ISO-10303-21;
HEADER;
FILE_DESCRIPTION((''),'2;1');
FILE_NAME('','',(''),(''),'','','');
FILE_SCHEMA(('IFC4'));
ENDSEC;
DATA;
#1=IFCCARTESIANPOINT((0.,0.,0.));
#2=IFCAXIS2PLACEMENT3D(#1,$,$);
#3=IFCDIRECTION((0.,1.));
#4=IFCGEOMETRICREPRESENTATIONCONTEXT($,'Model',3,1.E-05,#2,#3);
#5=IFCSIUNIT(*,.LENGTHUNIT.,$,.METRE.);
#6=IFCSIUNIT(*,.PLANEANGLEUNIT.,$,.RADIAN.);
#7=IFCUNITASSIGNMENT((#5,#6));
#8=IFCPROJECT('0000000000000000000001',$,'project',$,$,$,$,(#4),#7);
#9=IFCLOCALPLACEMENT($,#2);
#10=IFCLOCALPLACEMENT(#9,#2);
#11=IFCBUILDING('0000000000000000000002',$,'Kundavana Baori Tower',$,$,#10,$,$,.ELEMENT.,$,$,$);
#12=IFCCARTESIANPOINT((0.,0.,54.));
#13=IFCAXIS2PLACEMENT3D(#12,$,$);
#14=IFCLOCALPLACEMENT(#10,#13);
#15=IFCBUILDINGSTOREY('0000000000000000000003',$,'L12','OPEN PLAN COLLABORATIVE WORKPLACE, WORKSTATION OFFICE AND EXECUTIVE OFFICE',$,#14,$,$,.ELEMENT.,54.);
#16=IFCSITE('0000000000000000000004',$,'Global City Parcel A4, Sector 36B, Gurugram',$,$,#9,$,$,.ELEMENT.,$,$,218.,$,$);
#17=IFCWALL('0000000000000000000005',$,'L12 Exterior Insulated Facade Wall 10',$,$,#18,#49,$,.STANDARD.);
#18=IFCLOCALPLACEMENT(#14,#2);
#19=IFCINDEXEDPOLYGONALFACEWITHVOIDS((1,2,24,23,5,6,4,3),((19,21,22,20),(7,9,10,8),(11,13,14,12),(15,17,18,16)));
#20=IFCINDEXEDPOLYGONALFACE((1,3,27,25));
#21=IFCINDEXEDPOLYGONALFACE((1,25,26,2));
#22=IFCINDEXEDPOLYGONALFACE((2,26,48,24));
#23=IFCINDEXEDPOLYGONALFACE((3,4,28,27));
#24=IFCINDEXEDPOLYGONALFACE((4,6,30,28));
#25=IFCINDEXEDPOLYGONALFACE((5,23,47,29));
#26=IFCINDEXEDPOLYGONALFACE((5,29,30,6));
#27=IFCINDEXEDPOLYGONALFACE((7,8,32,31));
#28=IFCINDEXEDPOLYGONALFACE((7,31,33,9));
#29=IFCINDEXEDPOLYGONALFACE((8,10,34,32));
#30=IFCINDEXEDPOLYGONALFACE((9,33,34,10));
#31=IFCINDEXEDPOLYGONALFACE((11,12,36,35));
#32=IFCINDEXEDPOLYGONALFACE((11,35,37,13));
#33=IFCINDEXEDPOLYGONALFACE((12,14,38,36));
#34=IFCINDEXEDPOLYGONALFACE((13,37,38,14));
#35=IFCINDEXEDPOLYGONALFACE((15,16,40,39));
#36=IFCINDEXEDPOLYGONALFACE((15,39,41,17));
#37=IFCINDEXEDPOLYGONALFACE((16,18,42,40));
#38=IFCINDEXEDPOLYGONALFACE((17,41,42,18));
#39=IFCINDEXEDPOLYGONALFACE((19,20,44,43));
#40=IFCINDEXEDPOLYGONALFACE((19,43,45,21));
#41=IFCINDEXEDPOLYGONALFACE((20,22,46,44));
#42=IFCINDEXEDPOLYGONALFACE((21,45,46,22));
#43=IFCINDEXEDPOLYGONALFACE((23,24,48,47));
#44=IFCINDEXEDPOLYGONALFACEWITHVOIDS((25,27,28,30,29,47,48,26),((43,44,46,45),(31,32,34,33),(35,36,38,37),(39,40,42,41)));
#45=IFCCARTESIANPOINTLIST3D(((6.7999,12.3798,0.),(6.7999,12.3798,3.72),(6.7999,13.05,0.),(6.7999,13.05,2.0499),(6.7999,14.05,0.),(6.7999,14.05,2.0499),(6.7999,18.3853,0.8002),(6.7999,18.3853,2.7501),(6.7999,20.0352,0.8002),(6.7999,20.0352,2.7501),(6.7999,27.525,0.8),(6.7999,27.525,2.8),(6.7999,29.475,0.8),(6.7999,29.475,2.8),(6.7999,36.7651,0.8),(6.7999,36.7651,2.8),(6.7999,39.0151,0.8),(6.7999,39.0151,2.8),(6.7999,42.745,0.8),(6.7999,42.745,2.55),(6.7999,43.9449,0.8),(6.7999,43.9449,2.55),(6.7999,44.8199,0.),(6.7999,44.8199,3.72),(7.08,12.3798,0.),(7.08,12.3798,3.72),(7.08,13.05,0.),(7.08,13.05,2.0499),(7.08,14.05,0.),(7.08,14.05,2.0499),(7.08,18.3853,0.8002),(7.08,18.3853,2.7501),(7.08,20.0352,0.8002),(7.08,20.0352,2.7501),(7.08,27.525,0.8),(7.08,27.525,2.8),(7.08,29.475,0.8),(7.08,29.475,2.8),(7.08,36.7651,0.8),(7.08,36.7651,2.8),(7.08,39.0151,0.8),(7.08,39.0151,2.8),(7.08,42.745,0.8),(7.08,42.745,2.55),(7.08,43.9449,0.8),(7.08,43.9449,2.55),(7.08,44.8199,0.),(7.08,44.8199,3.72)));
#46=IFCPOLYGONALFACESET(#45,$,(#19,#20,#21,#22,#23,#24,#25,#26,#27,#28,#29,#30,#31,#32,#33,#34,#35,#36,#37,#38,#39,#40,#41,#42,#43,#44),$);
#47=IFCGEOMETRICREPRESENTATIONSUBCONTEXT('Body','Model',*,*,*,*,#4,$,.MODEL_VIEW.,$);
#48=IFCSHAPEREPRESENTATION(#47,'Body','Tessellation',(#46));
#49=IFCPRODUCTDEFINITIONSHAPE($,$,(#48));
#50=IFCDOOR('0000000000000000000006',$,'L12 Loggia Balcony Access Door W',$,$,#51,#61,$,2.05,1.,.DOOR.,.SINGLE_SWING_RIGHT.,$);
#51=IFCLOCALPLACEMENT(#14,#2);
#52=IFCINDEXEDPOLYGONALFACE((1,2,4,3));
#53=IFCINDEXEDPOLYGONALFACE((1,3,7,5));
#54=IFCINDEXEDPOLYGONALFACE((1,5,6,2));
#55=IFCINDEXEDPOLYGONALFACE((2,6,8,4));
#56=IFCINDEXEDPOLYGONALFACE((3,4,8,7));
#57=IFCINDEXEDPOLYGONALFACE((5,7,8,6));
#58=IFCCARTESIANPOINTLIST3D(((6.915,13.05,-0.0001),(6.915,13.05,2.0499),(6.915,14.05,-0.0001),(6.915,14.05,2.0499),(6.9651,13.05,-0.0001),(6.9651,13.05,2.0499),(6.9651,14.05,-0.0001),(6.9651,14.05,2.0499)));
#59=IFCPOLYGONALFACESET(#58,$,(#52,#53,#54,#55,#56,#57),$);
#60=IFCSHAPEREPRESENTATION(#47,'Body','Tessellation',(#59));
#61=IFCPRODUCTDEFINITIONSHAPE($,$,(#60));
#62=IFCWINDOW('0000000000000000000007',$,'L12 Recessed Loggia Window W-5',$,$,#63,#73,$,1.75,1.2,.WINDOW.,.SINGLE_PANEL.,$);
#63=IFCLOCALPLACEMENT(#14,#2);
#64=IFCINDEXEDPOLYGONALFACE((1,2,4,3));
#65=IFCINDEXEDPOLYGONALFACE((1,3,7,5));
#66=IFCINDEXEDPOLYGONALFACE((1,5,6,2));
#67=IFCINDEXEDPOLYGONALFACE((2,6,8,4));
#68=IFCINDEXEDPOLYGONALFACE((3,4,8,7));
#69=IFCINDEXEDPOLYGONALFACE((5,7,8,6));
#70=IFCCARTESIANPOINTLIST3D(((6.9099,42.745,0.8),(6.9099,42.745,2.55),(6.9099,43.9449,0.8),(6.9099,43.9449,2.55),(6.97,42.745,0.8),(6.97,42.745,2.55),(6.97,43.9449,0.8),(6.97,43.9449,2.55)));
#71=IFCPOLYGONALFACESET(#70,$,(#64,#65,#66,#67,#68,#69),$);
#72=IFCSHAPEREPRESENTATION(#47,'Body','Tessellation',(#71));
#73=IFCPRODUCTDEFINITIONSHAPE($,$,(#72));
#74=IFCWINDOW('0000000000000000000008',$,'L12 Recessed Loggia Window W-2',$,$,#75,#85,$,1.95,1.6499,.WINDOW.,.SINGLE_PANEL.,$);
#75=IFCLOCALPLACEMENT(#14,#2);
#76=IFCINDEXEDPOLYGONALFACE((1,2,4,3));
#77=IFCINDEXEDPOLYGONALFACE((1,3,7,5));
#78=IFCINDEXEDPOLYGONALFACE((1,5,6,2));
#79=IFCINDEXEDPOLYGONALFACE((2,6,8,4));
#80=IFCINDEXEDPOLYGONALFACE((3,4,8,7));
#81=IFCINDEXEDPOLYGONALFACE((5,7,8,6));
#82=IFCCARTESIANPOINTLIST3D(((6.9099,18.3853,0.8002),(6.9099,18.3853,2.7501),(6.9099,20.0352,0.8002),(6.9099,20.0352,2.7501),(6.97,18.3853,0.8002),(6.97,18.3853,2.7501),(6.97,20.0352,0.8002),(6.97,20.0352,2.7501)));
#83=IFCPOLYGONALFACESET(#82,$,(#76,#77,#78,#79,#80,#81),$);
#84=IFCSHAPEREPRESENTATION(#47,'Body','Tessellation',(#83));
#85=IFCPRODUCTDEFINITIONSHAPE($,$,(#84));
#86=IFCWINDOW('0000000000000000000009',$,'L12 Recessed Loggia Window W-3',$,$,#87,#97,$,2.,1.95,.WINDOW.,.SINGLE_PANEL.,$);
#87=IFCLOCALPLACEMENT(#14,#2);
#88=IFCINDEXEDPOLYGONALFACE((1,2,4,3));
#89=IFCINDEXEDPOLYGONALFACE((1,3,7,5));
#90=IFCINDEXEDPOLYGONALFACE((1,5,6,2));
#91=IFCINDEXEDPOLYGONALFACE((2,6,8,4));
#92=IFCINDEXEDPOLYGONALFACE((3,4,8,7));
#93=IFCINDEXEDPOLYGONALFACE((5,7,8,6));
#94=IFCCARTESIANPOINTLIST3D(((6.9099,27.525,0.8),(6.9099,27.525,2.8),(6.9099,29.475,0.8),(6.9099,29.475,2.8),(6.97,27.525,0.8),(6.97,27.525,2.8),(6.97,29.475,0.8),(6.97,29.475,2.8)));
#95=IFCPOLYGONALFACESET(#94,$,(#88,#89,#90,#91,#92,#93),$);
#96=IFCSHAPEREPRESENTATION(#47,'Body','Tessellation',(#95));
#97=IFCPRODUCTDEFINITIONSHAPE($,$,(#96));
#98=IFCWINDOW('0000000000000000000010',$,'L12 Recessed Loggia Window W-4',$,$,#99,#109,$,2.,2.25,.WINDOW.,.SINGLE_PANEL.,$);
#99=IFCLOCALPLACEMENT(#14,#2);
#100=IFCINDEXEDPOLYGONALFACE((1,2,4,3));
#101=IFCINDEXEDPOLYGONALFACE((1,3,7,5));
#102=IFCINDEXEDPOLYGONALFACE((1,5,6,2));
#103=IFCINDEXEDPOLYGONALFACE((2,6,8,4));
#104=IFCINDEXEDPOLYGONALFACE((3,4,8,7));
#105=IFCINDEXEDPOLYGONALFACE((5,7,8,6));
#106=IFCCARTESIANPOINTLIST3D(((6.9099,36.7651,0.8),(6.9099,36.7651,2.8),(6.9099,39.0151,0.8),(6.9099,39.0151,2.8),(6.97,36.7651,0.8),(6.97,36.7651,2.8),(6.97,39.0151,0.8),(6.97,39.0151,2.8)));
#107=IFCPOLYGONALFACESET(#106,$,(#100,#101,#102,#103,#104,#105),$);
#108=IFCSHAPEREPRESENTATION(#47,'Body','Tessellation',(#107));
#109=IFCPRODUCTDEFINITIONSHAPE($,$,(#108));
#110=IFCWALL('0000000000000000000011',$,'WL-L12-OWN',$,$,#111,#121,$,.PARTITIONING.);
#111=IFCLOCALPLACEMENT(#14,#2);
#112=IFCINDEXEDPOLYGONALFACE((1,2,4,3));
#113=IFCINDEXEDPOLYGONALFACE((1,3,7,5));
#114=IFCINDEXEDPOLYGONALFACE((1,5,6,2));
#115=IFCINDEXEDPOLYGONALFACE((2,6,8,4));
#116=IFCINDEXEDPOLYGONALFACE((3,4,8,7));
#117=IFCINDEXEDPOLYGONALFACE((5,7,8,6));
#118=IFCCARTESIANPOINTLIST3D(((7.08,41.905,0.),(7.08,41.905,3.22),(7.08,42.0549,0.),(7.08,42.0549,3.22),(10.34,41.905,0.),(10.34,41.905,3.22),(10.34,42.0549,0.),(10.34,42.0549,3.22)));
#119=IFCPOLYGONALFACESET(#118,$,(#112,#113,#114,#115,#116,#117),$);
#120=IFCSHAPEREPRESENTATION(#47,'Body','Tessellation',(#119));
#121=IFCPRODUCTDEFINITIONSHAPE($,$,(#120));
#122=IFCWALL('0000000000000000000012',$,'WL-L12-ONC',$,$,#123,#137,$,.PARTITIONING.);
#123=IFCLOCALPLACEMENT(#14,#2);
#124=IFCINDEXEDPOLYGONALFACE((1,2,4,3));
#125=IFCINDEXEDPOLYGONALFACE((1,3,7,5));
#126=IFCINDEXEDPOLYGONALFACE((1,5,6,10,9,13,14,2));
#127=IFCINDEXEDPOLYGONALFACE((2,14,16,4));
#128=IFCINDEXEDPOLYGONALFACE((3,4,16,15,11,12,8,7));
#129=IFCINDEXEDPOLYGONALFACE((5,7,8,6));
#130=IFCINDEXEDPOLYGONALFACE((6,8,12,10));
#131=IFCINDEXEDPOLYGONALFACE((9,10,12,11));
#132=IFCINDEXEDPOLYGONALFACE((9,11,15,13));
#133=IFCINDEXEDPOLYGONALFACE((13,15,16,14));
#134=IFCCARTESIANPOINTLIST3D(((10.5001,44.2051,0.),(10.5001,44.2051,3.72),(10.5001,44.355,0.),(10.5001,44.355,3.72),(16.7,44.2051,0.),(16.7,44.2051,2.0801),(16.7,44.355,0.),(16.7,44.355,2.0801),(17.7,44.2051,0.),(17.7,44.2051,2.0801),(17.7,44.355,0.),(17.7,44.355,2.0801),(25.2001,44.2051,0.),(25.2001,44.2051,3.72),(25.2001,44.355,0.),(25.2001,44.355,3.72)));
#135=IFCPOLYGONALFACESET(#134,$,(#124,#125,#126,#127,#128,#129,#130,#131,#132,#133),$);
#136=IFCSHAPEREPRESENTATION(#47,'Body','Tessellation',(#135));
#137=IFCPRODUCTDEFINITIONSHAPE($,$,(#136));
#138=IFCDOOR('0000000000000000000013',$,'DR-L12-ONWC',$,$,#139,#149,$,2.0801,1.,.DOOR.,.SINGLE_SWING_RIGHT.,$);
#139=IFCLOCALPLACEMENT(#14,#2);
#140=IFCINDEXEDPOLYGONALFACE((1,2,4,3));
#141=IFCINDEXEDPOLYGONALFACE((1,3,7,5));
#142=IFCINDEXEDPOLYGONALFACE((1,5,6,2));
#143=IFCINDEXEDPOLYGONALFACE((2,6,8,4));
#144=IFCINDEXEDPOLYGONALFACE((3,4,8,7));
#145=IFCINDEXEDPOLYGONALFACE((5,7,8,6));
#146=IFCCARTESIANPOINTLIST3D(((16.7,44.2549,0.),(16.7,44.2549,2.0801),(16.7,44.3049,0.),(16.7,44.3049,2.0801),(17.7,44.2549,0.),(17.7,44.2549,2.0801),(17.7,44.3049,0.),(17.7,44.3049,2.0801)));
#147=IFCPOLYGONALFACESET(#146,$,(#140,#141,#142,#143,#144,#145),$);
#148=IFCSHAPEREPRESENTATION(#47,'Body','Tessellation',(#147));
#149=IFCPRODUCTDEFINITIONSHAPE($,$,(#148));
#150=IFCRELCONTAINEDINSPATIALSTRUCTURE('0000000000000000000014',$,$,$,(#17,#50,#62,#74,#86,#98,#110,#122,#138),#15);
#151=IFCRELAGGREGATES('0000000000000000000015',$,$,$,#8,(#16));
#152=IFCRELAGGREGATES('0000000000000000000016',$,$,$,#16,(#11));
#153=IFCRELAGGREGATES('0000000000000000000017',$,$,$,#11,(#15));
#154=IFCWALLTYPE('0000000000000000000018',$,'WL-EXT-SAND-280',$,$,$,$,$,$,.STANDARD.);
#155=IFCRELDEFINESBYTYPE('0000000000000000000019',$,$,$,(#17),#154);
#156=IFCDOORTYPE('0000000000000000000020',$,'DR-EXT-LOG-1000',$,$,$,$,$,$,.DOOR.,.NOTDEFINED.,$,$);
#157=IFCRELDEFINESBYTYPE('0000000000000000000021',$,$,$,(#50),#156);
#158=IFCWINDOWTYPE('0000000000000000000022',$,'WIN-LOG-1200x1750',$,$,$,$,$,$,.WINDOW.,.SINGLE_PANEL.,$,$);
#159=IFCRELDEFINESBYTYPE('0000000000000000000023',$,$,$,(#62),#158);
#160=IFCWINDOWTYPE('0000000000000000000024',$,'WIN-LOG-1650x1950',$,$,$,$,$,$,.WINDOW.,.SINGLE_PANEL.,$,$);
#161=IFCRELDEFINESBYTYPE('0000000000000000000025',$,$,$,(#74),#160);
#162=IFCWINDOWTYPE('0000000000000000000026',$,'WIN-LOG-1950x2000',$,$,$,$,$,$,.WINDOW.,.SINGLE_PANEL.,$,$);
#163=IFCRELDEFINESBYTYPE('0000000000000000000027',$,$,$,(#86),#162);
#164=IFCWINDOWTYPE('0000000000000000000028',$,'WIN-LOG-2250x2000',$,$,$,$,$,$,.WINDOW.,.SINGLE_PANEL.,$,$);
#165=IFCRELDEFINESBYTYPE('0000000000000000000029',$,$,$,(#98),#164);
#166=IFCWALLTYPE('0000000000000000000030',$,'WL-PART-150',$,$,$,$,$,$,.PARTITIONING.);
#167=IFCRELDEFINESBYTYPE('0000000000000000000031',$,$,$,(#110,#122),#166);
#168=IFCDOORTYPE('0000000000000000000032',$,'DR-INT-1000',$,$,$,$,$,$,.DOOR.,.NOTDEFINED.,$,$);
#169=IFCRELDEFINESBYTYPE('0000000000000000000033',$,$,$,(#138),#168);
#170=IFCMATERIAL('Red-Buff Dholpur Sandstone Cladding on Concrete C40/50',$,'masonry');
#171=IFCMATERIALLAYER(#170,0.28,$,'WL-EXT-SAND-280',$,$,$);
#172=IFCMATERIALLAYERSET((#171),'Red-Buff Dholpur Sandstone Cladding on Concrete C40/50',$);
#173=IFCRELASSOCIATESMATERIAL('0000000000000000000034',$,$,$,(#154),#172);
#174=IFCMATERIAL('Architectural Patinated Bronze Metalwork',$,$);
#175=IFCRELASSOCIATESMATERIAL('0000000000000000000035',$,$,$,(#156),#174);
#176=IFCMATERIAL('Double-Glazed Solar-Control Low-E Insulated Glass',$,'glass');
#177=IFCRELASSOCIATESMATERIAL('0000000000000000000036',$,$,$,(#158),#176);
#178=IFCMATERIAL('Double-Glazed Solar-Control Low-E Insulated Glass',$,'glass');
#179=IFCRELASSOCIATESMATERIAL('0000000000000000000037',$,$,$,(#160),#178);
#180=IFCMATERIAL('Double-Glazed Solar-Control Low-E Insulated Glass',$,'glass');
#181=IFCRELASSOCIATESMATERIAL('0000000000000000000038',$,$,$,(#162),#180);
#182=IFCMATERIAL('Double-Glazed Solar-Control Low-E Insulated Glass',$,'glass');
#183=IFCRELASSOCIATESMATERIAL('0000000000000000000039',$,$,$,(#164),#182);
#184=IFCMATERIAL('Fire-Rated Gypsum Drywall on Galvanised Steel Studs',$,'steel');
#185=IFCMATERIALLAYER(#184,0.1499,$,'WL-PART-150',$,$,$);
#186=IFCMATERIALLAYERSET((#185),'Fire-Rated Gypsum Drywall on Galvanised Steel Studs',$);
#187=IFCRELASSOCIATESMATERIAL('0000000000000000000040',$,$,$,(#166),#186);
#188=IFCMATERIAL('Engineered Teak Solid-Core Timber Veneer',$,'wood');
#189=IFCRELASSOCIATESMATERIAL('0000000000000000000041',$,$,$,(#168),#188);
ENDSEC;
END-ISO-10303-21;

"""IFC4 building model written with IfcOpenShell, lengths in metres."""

from ifc_helpers import new_model, si_unit, direction, frame, frame_2d, origin, place, context, subcontext, project, spatial, rectangle, extrude, material, layer, layer_set, type_object, element, fill, save


model = new_model("IFC4")

# Units and contexts
model_context = context("Model", 3, precision=1e-05, world=origin(), true_north=direction((0.0, 1.0)))
body_context = subcontext(model_context, "Body", "Model", "MODEL_VIEW")
ifc_project = project(units=[si_unit("LENGTHUNIT", "METRE"), si_unit("PLANEANGLEUNIT", "RADIAN")], contexts=[model_context])

# Site, building, storey
site_placement = place(None, origin())
site = spatial("IfcSite", under=ifc_project, at=site_placement, Name="Global City Parcel A4, Sector 36B, Gurugram", CompositionType="ELEMENT", RefElevation=218.0)
building_placement = place(site_placement, origin())
building = spatial("IfcBuilding", under=site, at=building_placement, Name="Kundavana Baori Tower", CompositionType="ELEMENT")
storey_placement = place(building_placement, frame((0.0, 0.0, 54.0)))
storey = spatial("IfcBuildingStorey", under=building, at=storey_placement, Name="L12", Description="OPEN PLAN COLLABORATIVE WORKPLACE, WORKSTATION OFFICE AND EXECUTIVE OFFICE", CompositionType="ELEMENT", Elevation=54.0)

# Shared definitions
ifc_material_1 = material(Name="Red-Buff Dholpur Sandstone Cladding on Concrete C40/50", Category="masonry")
ifc_layer_1 = layer(ifc_material_1, 0.28, Name="WL-EXT-SAND-280")
ifc_layer_set_1 = layer_set([ifc_layer_1], Name="Red-Buff Dholpur Sandstone Cladding on Concrete C40/50")
wall_type_1 = type_object("IfcWallType", Name="WL-EXT-SAND-280", PredefinedType="STANDARD", material=ifc_layer_set_1)

# Wall, openings, door, windows
wall_1_placement = place(storey_placement, frame((6.9399, 44.8201, 0.0), z_axis=(0.0, 0.0, 1.0), x_axis=(0.0, -1.0, 0.0)))
wall_1 = element("IfcWall", 1, at=wall_1_placement, inside=storey, type_object=wall_type_1, Name="L12 Exterior Insulated Facade Wall 10", PredefinedType="STANDARD", context=body_context, shape_type="SweptSolid", body=[
    extrude(rectangle(XDim=32.4402, YDim=0.28, at=frame_2d((16.2202, 0.0))), origin(), (0.0, 0.0, 1.0), 3.72),
])
opening_1_placement = place(wall_1_placement, frame((30.77, 0.0, 0.0)))
opening_1 = element("IfcOpeningElement", 2, at=opening_1_placement, cuts=wall_1, PredefinedType="OPENING", context=body_context, shape_type="SweptSolid", body=[
    extrude(rectangle(XDim=1.0, YDim=2.05, at=frame_2d((0.5, 1.0249))), frame((0.0, 0.1499, 0.0), z_axis=(0.0, -1.0, 0.0), x_axis=(1.0, 0.0, 0.0)), (0.0, 0.0, 1.0), 0.3),
])
opening_2_placement = place(wall_1_placement, frame((24.7849, 0.0, 0.8)))
opening_2 = element("IfcOpeningElement", 3, at=opening_2_placement, cuts=wall_1, PredefinedType="OPENING", context=body_context, shape_type="SweptSolid", body=[
    extrude(rectangle(XDim=1.6499, YDim=1.95, at=frame_2d((0.825, 0.9751))), frame((0.0, 0.1499, 0.0), z_axis=(0.0, -1.0, 0.0), x_axis=(1.0, 0.0, 0.0)), (0.0, 0.0, 1.0), 0.3),
])
opening_3_placement = place(wall_1_placement, frame((15.345, 0.0, 0.8)))
opening_3 = element("IfcOpeningElement", 4, at=opening_3_placement, cuts=wall_1, PredefinedType="OPENING", context=body_context, shape_type="SweptSolid", body=[
    extrude(rectangle(XDim=1.95, YDim=2.0, at=frame_2d((0.9751, 1.0))), frame((0.0, 0.1499, 0.0), z_axis=(0.0, -1.0, 0.0), x_axis=(1.0, 0.0, 0.0)), (0.0, 0.0, 1.0), 0.3),
])
opening_4_placement = place(wall_1_placement, frame((5.8049, 0.0, 0.8)))
opening_4 = element("IfcOpeningElement", 5, at=opening_4_placement, cuts=wall_1, PredefinedType="OPENING", context=body_context, shape_type="SweptSolid", body=[
    extrude(rectangle(XDim=2.25, YDim=2.0, at=frame_2d((1.125, 1.0))), frame((0.0, 0.1499, 0.0), z_axis=(0.0, -1.0, 0.0), x_axis=(1.0, 0.0, 0.0)), (0.0, 0.0, 1.0), 0.3),
])
opening_5_placement = place(wall_1_placement, frame((0.875, 0.0, 0.8)))
opening_5 = element("IfcOpeningElement", 6, at=opening_5_placement, cuts=wall_1, PredefinedType="OPENING", context=body_context, shape_type="SweptSolid", body=[
    extrude(rectangle(XDim=1.2, YDim=1.75, at=frame_2d((0.6001, 0.875))), frame((0.0, 0.1499, 0.0), z_axis=(0.0, -1.0, 0.0), x_axis=(1.0, 0.0, 0.0)), (0.0, 0.0, 1.0), 0.3),
])
ifc_material_2 = material(Name="Architectural Patinated Bronze Metalwork")
door_type_1 = type_object("IfcDoorType", Name="DR-EXT-LOG-1000", OperationType="NOTDEFINED", PredefinedType="DOOR", material=ifc_material_2)
door_1_placement = place(opening_1_placement, frame((1.0, 0.0, 0.0), z_axis=(0.0, 0.0, 1.0), x_axis=(-1.0, 0.0, 0.0)))
door_1 = element("IfcDoor", 7, at=door_1_placement, inside=storey, type_object=door_type_1, Name="L12 Loggia Balcony Access Door W", OperationType="SINGLE_SWING_RIGHT", OverallHeight=2.05, OverallWidth=1.0, PredefinedType="DOOR", context=body_context, shape_type="SweptSolid", body=[
    extrude(rectangle(XDim=1.0, YDim=2.05, at=frame_2d((0.5, 1.0249))), frame((0.0, 0.0249, 0.0), z_axis=(0.0, -1.0, 0.0), x_axis=(1.0, 0.0, 0.0)), (0.0, 0.0, 1.0), 0.05),
])
fill(opening_1, door_1)
ifc_material_3 = material(Name="Double-Glazed Solar-Control Low-E Insulated Glass", Category="glass")
window_type_1 = type_object("IfcWindowType", Name="WIN-LOG-1200x1750", PartitioningType="SINGLE_PANEL", PredefinedType="WINDOW", material=ifc_material_3)
window_1_placement = place(opening_5_placement, origin())
window_1 = element("IfcWindow", 8, at=window_1_placement, inside=storey, type_object=window_type_1, Name="L12 Recessed Loggia Window W-5", OverallHeight=1.75, OverallWidth=1.2, PartitioningType="SINGLE_PANEL", PredefinedType="WINDOW", context=body_context, shape_type="SweptSolid", body=[
    extrude(rectangle(XDim=1.2, YDim=1.75, at=frame_2d((0.6001, 0.875))), frame((0.0, 0.03, 0.0), z_axis=(0.0, -1.0, 0.0), x_axis=(1.0, 0.0, 0.0)), (0.0, 0.0, 1.0), 0.0601),
])
fill(opening_5, window_1)
ifc_material_4 = material(Name="Double-Glazed Solar-Control Low-E Insulated Glass", Category="glass")
window_type_2 = type_object("IfcWindowType", Name="WIN-LOG-1650x1950", PartitioningType="SINGLE_PANEL", PredefinedType="WINDOW", material=ifc_material_4)
window_2_placement = place(opening_2_placement, origin())
window_2 = element("IfcWindow", 9, at=window_2_placement, inside=storey, type_object=window_type_2, Name="L12 Recessed Loggia Window W-2", OverallHeight=1.95, OverallWidth=1.6499, PartitioningType="SINGLE_PANEL", PredefinedType="WINDOW", context=body_context, shape_type="SweptSolid", body=[
    extrude(rectangle(XDim=1.6499, YDim=1.95, at=frame_2d((0.825, 0.9751))), frame((0.0, 0.03, 0.0), z_axis=(0.0, -1.0, 0.0), x_axis=(1.0, 0.0, 0.0)), (0.0, 0.0, 1.0), 0.0601),
])
fill(opening_2, window_2)
ifc_material_5 = material(Name="Double-Glazed Solar-Control Low-E Insulated Glass", Category="glass")
window_type_3 = type_object("IfcWindowType", Name="WIN-LOG-1950x2000", PartitioningType="SINGLE_PANEL", PredefinedType="WINDOW", material=ifc_material_5)
window_3_placement = place(opening_3_placement, origin())
window_3 = element("IfcWindow", 10, at=window_3_placement, inside=storey, type_object=window_type_3, Name="L12 Recessed Loggia Window W-3", OverallHeight=2.0, OverallWidth=1.95, PartitioningType="SINGLE_PANEL", PredefinedType="WINDOW", context=body_context, shape_type="SweptSolid", body=[
    extrude(rectangle(XDim=1.95, YDim=2.0, at=frame_2d((0.9751, 1.0))), frame((0.0, 0.03, 0.0), z_axis=(0.0, -1.0, 0.0), x_axis=(1.0, 0.0, 0.0)), (0.0, 0.0, 1.0), 0.0601),
])
fill(opening_3, window_3)
ifc_material_6 = material(Name="Double-Glazed Solar-Control Low-E Insulated Glass", Category="glass")
window_type_4 = type_object("IfcWindowType", Name="WIN-LOG-2250x2000", PartitioningType="SINGLE_PANEL", PredefinedType="WINDOW", material=ifc_material_6)
window_4_placement = place(opening_4_placement, origin())
window_4 = element("IfcWindow", 11, at=window_4_placement, inside=storey, type_object=window_type_4, Name="L12 Recessed Loggia Window W-4", OverallHeight=2.0, OverallWidth=2.25, PartitioningType="SINGLE_PANEL", PredefinedType="WINDOW", context=body_context, shape_type="SweptSolid", body=[
    extrude(rectangle(XDim=2.25, YDim=2.0, at=frame_2d((1.125, 1.0))), frame((0.0, 0.03, 0.0), z_axis=(0.0, -1.0, 0.0), x_axis=(1.0, 0.0, 0.0)), (0.0, 0.0, 1.0), 0.0601),
])
fill(opening_4, window_4)

# Wall
ifc_material_7 = material(Name="Fire-Rated Gypsum Drywall on Galvanised Steel Studs", Category="steel")
ifc_layer_2 = layer(ifc_material_7, 0.1499, Name="WL-PART-150")
ifc_layer_set_2 = layer_set([ifc_layer_2], Name="Fire-Rated Gypsum Drywall on Galvanised Steel Studs")
wall_type_2 = type_object("IfcWallType", Name="WL-PART-150", PredefinedType="PARTITIONING", material=ifc_layer_set_2)
wall_2_placement = place(storey_placement, frame((7.0801, 41.98, 0.0), z_axis=(0.0, 0.0, 1.0), x_axis=(1.0, 0.0, 0.0)))
element("IfcWall", 12, at=wall_2_placement, inside=storey, type_object=wall_type_2, Name="WL-L12-OWN", PredefinedType="PARTITIONING", context=body_context, shape_type="SweptSolid", body=[
    extrude(rectangle(XDim=3.26, YDim=0.1499, at=frame_2d((1.6299, 0.0))), origin(), (0.0, 0.0, 1.0), 3.22),
])

# Wall, opening, door
wall_3_placement = place(storey_placement, frame((10.5, 44.28, 0.0), z_axis=(0.0, 0.0, 1.0), x_axis=(1.0, 0.0, 0.0)))
wall_3 = element("IfcWall", 13, at=wall_3_placement, inside=storey, type_object=wall_type_2, Name="WL-L12-ONC", PredefinedType="PARTITIONING", context=body_context, shape_type="SweptSolid", body=[
    extrude(rectangle(XDim=14.7, YDim=0.1499, at=frame_2d((7.3501, 0.0))), origin(), (0.0, 0.0, 1.0), 3.72),
])
opening_6_placement = place(wall_3_placement, frame((6.2, 0.0, 0.0)))
opening_6 = element("IfcOpeningElement", 14, at=opening_6_placement, cuts=wall_3, PredefinedType="OPENING", context=body_context, shape_type="SweptSolid", body=[
    extrude(rectangle(XDim=1.0, YDim=2.0801, at=frame_2d((0.5, 1.04))), frame((0.0, 0.085, 0.0), z_axis=(0.0, -1.0, 0.0), x_axis=(1.0, 0.0, 0.0)), (0.0, 0.0, 1.0), 0.1699),
])
ifc_material_8 = material(Name="Engineered Teak Solid-Core Timber Veneer", Category="wood")
door_type_2 = type_object("IfcDoorType", Name="DR-INT-1000", OperationType="NOTDEFINED", PredefinedType="DOOR", material=ifc_material_8)
door_2_placement = place(opening_6_placement, origin())
door_2 = element("IfcDoor", 15, at=door_2_placement, inside=storey, type_object=door_type_2, Name="DR-L12-ONWC", OperationType="SINGLE_SWING_RIGHT", OverallHeight=2.0801, OverallWidth=1.0, PredefinedType="DOOR", context=body_context, shape_type="SweptSolid", body=[
    extrude(rectangle(XDim=1.0, YDim=2.0801, at=frame_2d((0.5, 1.04))), frame((0.0, 0.0249, 0.0), z_axis=(0.0, -1.0, 0.0), x_axis=(1.0, 0.0, 0.0)), (0.0, 0.0, 1.0), 0.05),
])
fill(opening_6, door_2)

save(model, "model.ifc")
